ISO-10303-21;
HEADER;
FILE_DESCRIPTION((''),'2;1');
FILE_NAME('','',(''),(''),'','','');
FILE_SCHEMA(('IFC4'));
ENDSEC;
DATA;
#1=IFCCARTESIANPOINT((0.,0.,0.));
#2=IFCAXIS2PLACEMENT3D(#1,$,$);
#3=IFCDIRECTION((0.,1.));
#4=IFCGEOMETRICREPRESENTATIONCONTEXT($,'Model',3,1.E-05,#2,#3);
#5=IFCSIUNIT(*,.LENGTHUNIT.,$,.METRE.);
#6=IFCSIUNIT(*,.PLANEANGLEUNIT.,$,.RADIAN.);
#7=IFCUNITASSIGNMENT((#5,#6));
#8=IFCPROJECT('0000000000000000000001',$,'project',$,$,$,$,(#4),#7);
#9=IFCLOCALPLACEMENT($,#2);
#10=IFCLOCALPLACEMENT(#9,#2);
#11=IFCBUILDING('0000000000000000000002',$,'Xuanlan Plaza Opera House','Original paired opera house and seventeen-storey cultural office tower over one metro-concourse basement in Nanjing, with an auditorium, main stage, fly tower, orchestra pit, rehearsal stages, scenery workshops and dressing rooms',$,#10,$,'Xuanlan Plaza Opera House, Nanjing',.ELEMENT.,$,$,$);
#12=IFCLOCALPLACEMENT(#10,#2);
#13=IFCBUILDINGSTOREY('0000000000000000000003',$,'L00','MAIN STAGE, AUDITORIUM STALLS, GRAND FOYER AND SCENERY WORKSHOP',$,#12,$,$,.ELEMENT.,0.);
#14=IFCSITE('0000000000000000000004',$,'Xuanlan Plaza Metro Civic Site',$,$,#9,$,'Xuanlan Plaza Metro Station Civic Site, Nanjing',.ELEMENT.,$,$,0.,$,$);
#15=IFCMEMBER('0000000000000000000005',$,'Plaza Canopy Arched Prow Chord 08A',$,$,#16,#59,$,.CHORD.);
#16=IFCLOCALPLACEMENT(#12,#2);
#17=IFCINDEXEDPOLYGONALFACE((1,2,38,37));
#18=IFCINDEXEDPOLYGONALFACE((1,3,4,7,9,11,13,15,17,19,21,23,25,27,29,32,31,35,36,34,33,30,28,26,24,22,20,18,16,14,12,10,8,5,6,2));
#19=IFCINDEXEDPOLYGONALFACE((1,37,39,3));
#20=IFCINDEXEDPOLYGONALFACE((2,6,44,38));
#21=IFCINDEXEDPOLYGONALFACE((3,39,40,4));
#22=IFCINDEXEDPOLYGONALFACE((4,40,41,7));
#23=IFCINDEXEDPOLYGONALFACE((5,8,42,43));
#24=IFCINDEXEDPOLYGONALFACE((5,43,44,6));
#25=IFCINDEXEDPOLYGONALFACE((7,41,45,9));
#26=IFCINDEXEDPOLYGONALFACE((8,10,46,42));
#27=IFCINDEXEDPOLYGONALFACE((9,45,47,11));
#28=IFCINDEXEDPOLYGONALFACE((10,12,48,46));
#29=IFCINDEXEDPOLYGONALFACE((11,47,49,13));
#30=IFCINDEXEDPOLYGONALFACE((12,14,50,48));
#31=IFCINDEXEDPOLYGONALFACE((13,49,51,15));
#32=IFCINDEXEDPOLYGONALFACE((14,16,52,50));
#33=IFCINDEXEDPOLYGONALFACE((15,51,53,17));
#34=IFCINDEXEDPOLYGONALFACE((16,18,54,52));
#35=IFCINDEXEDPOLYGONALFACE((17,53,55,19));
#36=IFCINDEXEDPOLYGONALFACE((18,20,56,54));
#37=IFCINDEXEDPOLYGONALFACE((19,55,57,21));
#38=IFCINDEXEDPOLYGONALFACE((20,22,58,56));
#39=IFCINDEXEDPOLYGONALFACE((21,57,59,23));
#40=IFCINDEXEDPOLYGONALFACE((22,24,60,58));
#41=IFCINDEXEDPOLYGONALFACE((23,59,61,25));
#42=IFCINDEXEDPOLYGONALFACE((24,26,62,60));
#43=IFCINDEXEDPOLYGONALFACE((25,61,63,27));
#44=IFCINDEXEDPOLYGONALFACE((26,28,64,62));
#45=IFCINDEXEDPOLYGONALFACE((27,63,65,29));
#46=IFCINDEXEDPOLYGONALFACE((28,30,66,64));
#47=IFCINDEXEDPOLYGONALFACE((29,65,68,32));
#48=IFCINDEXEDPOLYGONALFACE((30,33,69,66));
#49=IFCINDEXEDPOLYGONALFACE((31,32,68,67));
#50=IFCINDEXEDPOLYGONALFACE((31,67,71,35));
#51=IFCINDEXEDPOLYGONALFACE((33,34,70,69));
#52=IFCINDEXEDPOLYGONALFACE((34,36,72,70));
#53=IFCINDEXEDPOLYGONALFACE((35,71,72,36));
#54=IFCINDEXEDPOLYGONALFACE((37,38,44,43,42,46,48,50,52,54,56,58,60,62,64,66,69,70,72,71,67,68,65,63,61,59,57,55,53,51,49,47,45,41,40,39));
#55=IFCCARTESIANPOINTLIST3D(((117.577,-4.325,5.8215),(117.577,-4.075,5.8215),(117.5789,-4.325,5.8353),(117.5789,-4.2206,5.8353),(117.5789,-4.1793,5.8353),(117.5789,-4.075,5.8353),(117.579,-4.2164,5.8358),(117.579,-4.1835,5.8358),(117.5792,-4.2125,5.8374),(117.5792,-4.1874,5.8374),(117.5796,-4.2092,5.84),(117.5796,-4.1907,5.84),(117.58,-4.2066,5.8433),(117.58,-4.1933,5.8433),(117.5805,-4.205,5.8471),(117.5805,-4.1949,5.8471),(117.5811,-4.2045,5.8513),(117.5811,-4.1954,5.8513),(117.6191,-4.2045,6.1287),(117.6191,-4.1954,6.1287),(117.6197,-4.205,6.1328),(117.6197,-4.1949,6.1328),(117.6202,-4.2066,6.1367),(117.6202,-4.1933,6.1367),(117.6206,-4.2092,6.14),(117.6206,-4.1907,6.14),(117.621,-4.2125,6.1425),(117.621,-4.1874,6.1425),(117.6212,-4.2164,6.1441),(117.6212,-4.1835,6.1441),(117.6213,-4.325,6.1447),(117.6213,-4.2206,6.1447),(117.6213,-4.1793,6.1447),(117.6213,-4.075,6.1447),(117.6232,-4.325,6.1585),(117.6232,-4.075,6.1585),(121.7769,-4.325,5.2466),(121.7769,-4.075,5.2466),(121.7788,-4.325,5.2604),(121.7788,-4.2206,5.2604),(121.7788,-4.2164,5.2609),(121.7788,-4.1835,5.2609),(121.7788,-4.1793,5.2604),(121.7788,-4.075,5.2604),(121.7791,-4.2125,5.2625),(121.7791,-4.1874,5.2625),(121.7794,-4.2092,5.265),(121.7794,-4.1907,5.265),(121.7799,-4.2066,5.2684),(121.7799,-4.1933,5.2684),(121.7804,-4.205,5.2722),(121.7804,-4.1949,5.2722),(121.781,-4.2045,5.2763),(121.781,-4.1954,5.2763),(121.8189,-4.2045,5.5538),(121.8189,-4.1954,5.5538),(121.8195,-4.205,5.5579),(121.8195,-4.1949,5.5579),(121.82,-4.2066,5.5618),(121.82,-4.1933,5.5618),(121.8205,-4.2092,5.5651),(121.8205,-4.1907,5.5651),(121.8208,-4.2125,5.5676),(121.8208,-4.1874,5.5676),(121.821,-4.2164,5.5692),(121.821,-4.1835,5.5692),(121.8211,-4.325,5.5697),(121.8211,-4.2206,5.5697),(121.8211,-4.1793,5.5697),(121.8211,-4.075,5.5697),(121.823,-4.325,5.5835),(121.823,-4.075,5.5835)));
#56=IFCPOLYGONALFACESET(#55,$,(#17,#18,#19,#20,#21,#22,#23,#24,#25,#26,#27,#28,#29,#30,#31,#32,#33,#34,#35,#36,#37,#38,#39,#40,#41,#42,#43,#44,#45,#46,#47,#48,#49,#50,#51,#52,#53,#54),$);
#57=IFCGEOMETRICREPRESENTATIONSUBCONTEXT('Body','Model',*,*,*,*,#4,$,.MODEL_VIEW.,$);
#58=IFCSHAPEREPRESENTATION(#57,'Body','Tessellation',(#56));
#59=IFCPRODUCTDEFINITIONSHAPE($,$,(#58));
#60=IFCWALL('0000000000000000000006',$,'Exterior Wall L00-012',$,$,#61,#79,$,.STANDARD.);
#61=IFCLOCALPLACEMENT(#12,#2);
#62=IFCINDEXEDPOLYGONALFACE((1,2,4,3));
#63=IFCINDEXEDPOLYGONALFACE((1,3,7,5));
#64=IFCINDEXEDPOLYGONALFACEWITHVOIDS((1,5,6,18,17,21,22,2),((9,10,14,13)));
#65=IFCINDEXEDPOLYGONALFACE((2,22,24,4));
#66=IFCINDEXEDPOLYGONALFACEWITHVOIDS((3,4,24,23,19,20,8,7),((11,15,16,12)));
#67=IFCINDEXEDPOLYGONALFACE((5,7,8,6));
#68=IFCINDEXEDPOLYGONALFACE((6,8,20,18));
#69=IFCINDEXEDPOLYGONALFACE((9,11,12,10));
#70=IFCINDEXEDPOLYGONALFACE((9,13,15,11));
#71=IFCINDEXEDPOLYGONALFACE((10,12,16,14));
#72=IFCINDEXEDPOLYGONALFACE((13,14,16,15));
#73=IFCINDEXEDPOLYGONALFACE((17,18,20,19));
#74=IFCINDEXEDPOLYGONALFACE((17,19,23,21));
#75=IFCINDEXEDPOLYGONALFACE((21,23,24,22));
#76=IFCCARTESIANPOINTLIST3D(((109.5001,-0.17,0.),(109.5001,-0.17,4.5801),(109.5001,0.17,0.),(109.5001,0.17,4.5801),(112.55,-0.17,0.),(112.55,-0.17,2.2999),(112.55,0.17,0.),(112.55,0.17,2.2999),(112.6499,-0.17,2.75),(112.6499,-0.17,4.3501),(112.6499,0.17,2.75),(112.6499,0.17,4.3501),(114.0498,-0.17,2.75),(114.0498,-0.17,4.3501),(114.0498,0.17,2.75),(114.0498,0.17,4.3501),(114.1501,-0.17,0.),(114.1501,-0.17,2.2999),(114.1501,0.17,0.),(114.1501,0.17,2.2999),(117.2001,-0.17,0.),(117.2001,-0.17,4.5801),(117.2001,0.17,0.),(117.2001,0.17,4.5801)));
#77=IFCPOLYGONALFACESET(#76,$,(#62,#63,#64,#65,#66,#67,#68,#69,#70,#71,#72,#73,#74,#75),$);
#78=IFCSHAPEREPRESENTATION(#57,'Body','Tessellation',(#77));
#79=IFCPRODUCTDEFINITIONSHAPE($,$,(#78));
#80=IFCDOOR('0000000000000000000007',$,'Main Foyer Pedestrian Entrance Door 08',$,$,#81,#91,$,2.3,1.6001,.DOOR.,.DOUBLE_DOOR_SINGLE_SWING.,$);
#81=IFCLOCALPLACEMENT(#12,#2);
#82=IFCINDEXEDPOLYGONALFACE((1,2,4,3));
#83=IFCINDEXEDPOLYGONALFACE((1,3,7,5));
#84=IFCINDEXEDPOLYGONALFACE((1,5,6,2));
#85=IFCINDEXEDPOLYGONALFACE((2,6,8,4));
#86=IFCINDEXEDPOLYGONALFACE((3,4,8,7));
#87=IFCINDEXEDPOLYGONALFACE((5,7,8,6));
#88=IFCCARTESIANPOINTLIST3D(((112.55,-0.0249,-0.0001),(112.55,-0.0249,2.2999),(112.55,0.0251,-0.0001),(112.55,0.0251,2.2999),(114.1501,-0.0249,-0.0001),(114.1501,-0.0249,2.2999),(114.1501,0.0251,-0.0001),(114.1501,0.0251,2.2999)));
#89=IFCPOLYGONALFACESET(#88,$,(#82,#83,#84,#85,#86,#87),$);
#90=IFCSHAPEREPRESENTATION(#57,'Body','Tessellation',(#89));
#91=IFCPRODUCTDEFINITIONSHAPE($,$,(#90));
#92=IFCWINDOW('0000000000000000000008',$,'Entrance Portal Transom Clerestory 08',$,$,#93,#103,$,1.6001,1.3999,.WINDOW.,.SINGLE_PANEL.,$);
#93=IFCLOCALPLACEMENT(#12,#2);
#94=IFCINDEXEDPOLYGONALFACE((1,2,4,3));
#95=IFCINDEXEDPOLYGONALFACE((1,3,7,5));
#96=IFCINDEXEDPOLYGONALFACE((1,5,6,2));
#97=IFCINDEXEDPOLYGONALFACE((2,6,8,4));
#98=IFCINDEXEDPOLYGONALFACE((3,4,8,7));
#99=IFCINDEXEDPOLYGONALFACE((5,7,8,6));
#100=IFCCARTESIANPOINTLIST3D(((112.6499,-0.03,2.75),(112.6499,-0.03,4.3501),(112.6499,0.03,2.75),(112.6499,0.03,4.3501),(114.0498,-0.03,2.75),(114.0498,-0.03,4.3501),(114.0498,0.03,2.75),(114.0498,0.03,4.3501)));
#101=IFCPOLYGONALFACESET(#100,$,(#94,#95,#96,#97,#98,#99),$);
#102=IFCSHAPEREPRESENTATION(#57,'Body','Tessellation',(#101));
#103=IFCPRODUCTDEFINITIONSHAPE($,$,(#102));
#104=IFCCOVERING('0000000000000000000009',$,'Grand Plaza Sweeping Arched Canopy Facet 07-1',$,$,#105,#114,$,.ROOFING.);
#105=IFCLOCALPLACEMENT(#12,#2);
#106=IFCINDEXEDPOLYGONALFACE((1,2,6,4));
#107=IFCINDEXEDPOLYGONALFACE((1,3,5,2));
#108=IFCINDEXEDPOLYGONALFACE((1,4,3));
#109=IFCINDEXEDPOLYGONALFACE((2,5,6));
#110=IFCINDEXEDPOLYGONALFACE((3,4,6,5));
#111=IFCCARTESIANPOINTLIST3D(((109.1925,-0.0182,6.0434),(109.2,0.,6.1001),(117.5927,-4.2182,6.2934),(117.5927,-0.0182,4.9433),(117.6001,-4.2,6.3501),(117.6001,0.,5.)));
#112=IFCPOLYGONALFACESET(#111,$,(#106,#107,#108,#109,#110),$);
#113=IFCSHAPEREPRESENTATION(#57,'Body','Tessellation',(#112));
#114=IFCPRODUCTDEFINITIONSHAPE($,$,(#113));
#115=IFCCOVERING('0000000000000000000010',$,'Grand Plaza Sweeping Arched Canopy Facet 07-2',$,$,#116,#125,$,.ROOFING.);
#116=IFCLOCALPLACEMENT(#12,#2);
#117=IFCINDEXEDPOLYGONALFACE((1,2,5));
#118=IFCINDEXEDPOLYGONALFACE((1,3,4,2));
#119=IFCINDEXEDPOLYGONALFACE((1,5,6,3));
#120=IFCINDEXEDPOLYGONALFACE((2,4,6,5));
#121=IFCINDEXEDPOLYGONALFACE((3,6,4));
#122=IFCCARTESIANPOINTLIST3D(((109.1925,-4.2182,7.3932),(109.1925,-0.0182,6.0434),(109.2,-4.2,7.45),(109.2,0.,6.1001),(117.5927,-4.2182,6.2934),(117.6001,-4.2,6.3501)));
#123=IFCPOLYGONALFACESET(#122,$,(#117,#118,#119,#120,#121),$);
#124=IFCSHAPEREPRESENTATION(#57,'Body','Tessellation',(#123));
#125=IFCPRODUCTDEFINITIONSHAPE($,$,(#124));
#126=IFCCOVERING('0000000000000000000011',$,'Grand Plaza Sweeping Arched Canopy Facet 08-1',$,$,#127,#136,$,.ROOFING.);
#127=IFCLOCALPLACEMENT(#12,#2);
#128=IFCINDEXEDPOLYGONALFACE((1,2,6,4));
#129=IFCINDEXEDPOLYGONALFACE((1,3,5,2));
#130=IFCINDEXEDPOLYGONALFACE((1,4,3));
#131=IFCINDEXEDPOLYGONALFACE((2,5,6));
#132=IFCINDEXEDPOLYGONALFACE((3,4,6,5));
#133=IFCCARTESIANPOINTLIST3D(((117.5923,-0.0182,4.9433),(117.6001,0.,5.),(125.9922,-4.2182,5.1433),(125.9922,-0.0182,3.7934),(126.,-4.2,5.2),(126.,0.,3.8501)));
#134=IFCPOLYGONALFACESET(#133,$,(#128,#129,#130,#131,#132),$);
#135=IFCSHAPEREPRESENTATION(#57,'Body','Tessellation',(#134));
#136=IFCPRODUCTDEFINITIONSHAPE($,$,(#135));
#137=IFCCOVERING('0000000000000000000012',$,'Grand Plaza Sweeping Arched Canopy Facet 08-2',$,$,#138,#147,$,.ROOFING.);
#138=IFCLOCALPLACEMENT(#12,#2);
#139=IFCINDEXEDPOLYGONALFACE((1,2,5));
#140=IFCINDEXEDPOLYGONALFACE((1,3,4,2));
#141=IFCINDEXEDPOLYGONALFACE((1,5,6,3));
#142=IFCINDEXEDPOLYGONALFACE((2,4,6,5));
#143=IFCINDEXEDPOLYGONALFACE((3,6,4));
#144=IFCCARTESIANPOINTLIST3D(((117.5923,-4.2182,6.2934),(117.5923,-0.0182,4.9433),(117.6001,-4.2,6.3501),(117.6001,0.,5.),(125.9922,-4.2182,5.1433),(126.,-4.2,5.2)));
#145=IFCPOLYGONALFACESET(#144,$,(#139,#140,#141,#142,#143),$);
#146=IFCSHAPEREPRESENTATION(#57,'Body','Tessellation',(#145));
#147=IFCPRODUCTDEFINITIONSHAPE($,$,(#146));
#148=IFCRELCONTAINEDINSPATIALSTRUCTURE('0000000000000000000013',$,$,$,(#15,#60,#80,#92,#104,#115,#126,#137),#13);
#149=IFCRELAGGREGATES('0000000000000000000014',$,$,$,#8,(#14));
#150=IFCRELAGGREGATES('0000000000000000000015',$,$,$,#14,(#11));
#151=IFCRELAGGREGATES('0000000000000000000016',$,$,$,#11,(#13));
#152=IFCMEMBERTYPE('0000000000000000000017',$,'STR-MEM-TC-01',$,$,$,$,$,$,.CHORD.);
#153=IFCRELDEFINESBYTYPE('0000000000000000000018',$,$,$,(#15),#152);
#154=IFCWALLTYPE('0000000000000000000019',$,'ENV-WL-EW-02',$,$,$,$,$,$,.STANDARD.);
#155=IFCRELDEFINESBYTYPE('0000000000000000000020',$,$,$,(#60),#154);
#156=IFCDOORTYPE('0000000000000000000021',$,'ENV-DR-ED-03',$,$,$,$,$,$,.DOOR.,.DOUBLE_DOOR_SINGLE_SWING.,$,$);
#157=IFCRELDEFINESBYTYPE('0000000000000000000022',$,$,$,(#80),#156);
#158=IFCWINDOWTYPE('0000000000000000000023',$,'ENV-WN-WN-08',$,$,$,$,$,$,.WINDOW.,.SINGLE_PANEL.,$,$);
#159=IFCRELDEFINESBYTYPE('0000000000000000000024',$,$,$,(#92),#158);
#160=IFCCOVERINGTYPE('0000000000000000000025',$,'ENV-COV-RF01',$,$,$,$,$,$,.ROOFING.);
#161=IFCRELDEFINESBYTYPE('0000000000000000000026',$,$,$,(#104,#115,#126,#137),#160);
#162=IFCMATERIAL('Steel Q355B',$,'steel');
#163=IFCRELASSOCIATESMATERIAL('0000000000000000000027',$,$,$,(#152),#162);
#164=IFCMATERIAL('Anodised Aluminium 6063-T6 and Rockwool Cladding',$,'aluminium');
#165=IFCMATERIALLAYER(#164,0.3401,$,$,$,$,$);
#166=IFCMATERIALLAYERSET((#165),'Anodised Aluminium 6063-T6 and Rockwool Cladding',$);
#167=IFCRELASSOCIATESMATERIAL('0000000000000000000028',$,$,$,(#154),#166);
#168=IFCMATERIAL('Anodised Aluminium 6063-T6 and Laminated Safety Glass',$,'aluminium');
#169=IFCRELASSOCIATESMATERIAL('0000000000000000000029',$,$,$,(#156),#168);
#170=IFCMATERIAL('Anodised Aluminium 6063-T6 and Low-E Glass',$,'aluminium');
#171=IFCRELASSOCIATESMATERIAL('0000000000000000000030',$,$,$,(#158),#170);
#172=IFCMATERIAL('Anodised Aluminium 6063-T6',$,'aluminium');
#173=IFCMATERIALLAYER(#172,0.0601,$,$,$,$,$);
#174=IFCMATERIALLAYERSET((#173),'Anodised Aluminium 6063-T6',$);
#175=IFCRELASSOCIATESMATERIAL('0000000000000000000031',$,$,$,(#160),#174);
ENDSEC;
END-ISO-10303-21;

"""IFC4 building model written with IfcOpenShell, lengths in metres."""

from ifc_helpers import new_model, si_unit, direction, frame, frame_2d, origin, origin_2d, place, context, subcontext, project, spatial, polyline, rectangle, i_section, outline, extrude, material, layer, layer_set, material_profile, profile_set, type_object, element, fill, save


model = new_model("IFC4")

# Units and contexts
model_context = context("Model", 3, precision=1e-05, world=origin(), true_north=direction((0.0, 1.0)))
body_context = subcontext(model_context, "Body", "Model", "MODEL_VIEW")
ifc_project = project(units=[si_unit("LENGTHUNIT", "METRE"), si_unit("PLANEANGLEUNIT", "RADIAN")], contexts=[model_context])

# Site, building, storey
site_placement = place(None, origin())
site = spatial("IfcSite", under=ifc_project, at=site_placement, Name="Xuanlan Plaza Metro Civic Site", LongName="Xuanlan Plaza Metro Station Civic Site, Nanjing", CompositionType="ELEMENT", RefElevation=0.0)
building_placement = place(site_placement, origin())
building = spatial("IfcBuilding", under=site, at=building_placement, Name="Xuanlan Plaza Opera House", Description="Original paired opera house and seventeen-storey cultural office tower over one metro-concourse basement in Nanjing, with an auditorium, main stage, fly tower, orchestra pit, rehearsal stages, scenery workshops and dressing rooms", LongName="Xuanlan Plaza Opera House, Nanjing", CompositionType="ELEMENT")
storey_placement = place(building_placement, origin())
storey = spatial("IfcBuildingStorey", under=building, at=storey_placement, Name="L00", Description="MAIN STAGE, AUDITORIUM STALLS, GRAND FOYER AND SCENERY WORKSHOP", CompositionType="ELEMENT", Elevation=0.0)

# Shared definitions
ifc_material_1 = material(Name="Steel Q355B", Category="steel")

# Member
ifc_material_profile_1 = material_profile(ifc_material_1, i_section(OverallWidth=0.25, OverallDepth=0.3401, WebThickness=0.009, FlangeThickness=0.0139, FilletRadius=0.0161, at=origin_2d()), Name="HM 340x250x9x14")
ifc_profile_set_1 = profile_set([ifc_material_profile_1], Name="Steel Q355B")
member_type_1 = type_object("IfcMemberType", Name="STR-MEM-TC-01", PredefinedType="CHORD", material=ifc_profile_set_1)
member_1_placement = place(storey_placement, frame((117.6001, -4.2, 5.99), z_axis=(0.99076, 0.0, -0.13563), x_axis=(0.0, 1.0, 0.0)))
element("IfcMember", 1, at=member_1_placement, inside=storey, type_object=member_type_1, Name="Plaza Canopy Arched Prow Chord 08A", PredefinedType="CHORD", context=body_context, shape_type="SweptSolid", body=[
    extrude(i_section(OverallWidth=0.25, OverallDepth=0.3401, WebThickness=0.009, FlangeThickness=0.0139, FilletRadius=0.0161, at=origin_2d()), origin(), (0.0, 0.0, 1.0), 4.239),
])

# Wall, openings, door, window
ifc_material_2 = material(Name="Anodised Aluminium 6063-T6 and Rockwool Cladding", Category="aluminium")
ifc_layer_1 = layer(ifc_material_2, 0.3401)
ifc_layer_set_1 = layer_set([ifc_layer_1], Name="Anodised Aluminium 6063-T6 and Rockwool Cladding")
wall_type = type_object("IfcWallType", Name="ENV-WL-EW-02", PredefinedType="STANDARD", material=ifc_layer_set_1)
wall_placement = place(storey_placement, frame((109.5, 0.0, 0.0), z_axis=(0.0, 0.0, 1.0), x_axis=(1.0, 0.0, 0.0)))
wall = element("IfcWall", 2, at=wall_placement, inside=storey, type_object=wall_type, Name="Exterior Wall L00-012", PredefinedType="STANDARD", context=body_context, shape_type="SweptSolid", body=[
    extrude(rectangle(XDim=7.7, YDim=0.3401, at=frame_2d((3.8501, 0.0))), origin(), (0.0, 0.0, 1.0), 4.5801),
])
opening_1_placement = place(wall_placement, frame((3.05, 0.0, 0.0)))
opening_1 = element("IfcOpeningElement", 3, at=opening_1_placement, cuts=wall, PredefinedType="OPENING", context=body_context, shape_type="SweptSolid", body=[
    extrude(rectangle(XDim=1.6001, YDim=2.3, at=frame_2d((0.8, 1.1499))), frame((0.0, 0.1799, 0.0), z_axis=(0.0, -1.0, 0.0), x_axis=(1.0, 0.0, 0.0)), (0.0, 0.0, 1.0), 0.3601),
])
opening_2_placement = place(wall_placement, frame((3.1499, 0.0, 2.75)))
opening_2 = element("IfcOpeningElement", 4, at=opening_2_placement, cuts=wall, PredefinedType="OPENING", context=body_context, shape_type="SweptSolid", body=[
    extrude(rectangle(XDim=1.3999, YDim=1.6001, at=frame_2d((0.7, 0.8))), frame((0.0, 0.1799, 0.0), z_axis=(0.0, -1.0, 0.0), x_axis=(1.0, 0.0, 0.0)), (0.0, 0.0, 1.0), 0.3601),
])
ifc_material_3 = material(Name="Anodised Aluminium 6063-T6 and Laminated Safety Glass", Category="aluminium")
door_type = type_object("IfcDoorType", Name="ENV-DR-ED-03", OperationType="DOUBLE_DOOR_SINGLE_SWING", PredefinedType="DOOR", material=ifc_material_3)
door_placement = place(opening_1_placement, frame((1.6001, 0.0, 0.0), z_axis=(0.0, 0.0, 1.0), x_axis=(-1.0, 0.0, 0.0)))
door = element("IfcDoor", 5, at=door_placement, inside=storey, type_object=door_type, Name="Main Foyer Pedestrian Entrance Door 08", OperationType="DOUBLE_DOOR_SINGLE_SWING", OverallHeight=2.3, OverallWidth=1.6001, PredefinedType="DOOR", context=body_context, shape_type="SweptSolid", body=[
    extrude(rectangle(XDim=1.6001, YDim=2.3, at=frame_2d((0.8, 1.1499))), frame((0.0, 0.0249, 0.0), z_axis=(0.0, -1.0, 0.0), x_axis=(1.0, 0.0, 0.0)), (0.0, 0.0, 1.0), 0.05),
])
fill(opening_1, door)
ifc_material_4 = material(Name="Anodised Aluminium 6063-T6 and Low-E Glass", Category="aluminium")
window_type = type_object("IfcWindowType", Name="ENV-WN-WN-08", PartitioningType="SINGLE_PANEL", PredefinedType="WINDOW", material=ifc_material_4)
window_placement = place(opening_2_placement, origin())
window = element("IfcWindow", 6, at=window_placement, inside=storey, type_object=window_type, Name="Entrance Portal Transom Clerestory 08", OverallHeight=1.6001, OverallWidth=1.3999, PartitioningType="SINGLE_PANEL", PredefinedType="WINDOW", context=body_context, shape_type="SweptSolid", body=[
    extrude(rectangle(XDim=1.3999, YDim=1.6001, at=frame_2d((0.7, 0.8))), frame((0.0, 0.03, 0.0), z_axis=(0.0, -1.0, 0.0), x_axis=(1.0, 0.0, 0.0)), (0.0, 0.0, 1.0), 0.0601),
])
fill(opening_2, window)

# Coverings
ifc_material_5 = material(Name="Anodised Aluminium 6063-T6", Category="aluminium")
ifc_layer_2 = layer(ifc_material_5, 0.0601)
ifc_layer_set_2 = layer_set([ifc_layer_2], Name="Anodised Aluminium 6063-T6")
covering_type = type_object("IfcCoveringType", Name="ENV-COV-RF01", PredefinedType="ROOFING", material=ifc_layer_set_2)
covering_1_placement = place(storey_placement, frame((109.2, 0.0, 6.1001), z_axis=(0.12372, 0.303681, 0.944707), x_axis=(0.991533, 0.0, -0.129853)))
element("IfcCovering", 7, at=covering_1_placement, inside=storey, type_object=covering_type, Name="Grand Plaza Sweeping Arched Canopy Facet 07-1", PredefinedType="ROOFING", context=body_context, shape_type="SweptSolid", body=[
    extrude(outline(polyline([(0.0, 0.0), (8.4719, 0.0), (8.2966, -4.4081), (0.0, 0.0)])), origin(), (0.0, 0.0, -1.0), 0.0601),
])
covering_2_placement = place(storey_placement, frame((109.2, 0.0, 6.1001), z_axis=(0.123695, 0.303632, 0.944726), x_axis=(0.894116, -0.447045, 0.02661)))
element("IfcCovering", 8, at=covering_2_placement, inside=storey, type_object=covering_type, Name="Grand Plaza Sweeping Arched Canopy Facet 07-2", PredefinedType="ROOFING", context=body_context, shape_type="SweptSolid", body=[
    extrude(outline(polyline([(0.0, 0.0), (9.3949, 0.0), (1.9135, -3.975), (0.0, 0.0)])), origin(), (0.0, 0.0, -1.0), 0.0601),
])
covering_3_placement = place(storey_placement, frame((117.6001, 0.0, 5.0), z_axis=(0.129236, 0.303416, 0.944053), x_axis=(0.99076, 0.0, -0.13563)))
element("IfcCovering", 9, at=covering_3_placement, inside=storey, type_object=covering_type, Name="Grand Plaza Sweeping Arched Canopy Facet 08-1", PredefinedType="ROOFING", context=body_context, shape_type="SweptSolid", body=[
    extrude(outline(polyline([(0.0, 0.0), (8.4782, 0.0), (8.2952, -4.4077), (0.0, 0.0)])), origin(), (0.0, 0.0, -1.0), 0.0601),
])
covering_4_placement = place(storey_placement, frame((117.6001, 0.0, 5.0), z_axis=(0.129261, 0.303465, 0.944034), x_axis=(0.894225, -0.447112, 0.021286)))
element("IfcCovering", 10, at=covering_4_placement, inside=storey, type_object=covering_type, Name="Grand Plaza Sweeping Arched Canopy Facet 08-2", PredefinedType="ROOFING", context=body_context, shape_type="SweptSolid", body=[
    extrude(outline(polyline([(0.0, 0.0), (9.3935, 0.0), (1.9066, -3.9784), (0.0, 0.0)])), origin(), (0.0, 0.0, -1.0), 0.0601),
])

save(model, "model.ifc")
